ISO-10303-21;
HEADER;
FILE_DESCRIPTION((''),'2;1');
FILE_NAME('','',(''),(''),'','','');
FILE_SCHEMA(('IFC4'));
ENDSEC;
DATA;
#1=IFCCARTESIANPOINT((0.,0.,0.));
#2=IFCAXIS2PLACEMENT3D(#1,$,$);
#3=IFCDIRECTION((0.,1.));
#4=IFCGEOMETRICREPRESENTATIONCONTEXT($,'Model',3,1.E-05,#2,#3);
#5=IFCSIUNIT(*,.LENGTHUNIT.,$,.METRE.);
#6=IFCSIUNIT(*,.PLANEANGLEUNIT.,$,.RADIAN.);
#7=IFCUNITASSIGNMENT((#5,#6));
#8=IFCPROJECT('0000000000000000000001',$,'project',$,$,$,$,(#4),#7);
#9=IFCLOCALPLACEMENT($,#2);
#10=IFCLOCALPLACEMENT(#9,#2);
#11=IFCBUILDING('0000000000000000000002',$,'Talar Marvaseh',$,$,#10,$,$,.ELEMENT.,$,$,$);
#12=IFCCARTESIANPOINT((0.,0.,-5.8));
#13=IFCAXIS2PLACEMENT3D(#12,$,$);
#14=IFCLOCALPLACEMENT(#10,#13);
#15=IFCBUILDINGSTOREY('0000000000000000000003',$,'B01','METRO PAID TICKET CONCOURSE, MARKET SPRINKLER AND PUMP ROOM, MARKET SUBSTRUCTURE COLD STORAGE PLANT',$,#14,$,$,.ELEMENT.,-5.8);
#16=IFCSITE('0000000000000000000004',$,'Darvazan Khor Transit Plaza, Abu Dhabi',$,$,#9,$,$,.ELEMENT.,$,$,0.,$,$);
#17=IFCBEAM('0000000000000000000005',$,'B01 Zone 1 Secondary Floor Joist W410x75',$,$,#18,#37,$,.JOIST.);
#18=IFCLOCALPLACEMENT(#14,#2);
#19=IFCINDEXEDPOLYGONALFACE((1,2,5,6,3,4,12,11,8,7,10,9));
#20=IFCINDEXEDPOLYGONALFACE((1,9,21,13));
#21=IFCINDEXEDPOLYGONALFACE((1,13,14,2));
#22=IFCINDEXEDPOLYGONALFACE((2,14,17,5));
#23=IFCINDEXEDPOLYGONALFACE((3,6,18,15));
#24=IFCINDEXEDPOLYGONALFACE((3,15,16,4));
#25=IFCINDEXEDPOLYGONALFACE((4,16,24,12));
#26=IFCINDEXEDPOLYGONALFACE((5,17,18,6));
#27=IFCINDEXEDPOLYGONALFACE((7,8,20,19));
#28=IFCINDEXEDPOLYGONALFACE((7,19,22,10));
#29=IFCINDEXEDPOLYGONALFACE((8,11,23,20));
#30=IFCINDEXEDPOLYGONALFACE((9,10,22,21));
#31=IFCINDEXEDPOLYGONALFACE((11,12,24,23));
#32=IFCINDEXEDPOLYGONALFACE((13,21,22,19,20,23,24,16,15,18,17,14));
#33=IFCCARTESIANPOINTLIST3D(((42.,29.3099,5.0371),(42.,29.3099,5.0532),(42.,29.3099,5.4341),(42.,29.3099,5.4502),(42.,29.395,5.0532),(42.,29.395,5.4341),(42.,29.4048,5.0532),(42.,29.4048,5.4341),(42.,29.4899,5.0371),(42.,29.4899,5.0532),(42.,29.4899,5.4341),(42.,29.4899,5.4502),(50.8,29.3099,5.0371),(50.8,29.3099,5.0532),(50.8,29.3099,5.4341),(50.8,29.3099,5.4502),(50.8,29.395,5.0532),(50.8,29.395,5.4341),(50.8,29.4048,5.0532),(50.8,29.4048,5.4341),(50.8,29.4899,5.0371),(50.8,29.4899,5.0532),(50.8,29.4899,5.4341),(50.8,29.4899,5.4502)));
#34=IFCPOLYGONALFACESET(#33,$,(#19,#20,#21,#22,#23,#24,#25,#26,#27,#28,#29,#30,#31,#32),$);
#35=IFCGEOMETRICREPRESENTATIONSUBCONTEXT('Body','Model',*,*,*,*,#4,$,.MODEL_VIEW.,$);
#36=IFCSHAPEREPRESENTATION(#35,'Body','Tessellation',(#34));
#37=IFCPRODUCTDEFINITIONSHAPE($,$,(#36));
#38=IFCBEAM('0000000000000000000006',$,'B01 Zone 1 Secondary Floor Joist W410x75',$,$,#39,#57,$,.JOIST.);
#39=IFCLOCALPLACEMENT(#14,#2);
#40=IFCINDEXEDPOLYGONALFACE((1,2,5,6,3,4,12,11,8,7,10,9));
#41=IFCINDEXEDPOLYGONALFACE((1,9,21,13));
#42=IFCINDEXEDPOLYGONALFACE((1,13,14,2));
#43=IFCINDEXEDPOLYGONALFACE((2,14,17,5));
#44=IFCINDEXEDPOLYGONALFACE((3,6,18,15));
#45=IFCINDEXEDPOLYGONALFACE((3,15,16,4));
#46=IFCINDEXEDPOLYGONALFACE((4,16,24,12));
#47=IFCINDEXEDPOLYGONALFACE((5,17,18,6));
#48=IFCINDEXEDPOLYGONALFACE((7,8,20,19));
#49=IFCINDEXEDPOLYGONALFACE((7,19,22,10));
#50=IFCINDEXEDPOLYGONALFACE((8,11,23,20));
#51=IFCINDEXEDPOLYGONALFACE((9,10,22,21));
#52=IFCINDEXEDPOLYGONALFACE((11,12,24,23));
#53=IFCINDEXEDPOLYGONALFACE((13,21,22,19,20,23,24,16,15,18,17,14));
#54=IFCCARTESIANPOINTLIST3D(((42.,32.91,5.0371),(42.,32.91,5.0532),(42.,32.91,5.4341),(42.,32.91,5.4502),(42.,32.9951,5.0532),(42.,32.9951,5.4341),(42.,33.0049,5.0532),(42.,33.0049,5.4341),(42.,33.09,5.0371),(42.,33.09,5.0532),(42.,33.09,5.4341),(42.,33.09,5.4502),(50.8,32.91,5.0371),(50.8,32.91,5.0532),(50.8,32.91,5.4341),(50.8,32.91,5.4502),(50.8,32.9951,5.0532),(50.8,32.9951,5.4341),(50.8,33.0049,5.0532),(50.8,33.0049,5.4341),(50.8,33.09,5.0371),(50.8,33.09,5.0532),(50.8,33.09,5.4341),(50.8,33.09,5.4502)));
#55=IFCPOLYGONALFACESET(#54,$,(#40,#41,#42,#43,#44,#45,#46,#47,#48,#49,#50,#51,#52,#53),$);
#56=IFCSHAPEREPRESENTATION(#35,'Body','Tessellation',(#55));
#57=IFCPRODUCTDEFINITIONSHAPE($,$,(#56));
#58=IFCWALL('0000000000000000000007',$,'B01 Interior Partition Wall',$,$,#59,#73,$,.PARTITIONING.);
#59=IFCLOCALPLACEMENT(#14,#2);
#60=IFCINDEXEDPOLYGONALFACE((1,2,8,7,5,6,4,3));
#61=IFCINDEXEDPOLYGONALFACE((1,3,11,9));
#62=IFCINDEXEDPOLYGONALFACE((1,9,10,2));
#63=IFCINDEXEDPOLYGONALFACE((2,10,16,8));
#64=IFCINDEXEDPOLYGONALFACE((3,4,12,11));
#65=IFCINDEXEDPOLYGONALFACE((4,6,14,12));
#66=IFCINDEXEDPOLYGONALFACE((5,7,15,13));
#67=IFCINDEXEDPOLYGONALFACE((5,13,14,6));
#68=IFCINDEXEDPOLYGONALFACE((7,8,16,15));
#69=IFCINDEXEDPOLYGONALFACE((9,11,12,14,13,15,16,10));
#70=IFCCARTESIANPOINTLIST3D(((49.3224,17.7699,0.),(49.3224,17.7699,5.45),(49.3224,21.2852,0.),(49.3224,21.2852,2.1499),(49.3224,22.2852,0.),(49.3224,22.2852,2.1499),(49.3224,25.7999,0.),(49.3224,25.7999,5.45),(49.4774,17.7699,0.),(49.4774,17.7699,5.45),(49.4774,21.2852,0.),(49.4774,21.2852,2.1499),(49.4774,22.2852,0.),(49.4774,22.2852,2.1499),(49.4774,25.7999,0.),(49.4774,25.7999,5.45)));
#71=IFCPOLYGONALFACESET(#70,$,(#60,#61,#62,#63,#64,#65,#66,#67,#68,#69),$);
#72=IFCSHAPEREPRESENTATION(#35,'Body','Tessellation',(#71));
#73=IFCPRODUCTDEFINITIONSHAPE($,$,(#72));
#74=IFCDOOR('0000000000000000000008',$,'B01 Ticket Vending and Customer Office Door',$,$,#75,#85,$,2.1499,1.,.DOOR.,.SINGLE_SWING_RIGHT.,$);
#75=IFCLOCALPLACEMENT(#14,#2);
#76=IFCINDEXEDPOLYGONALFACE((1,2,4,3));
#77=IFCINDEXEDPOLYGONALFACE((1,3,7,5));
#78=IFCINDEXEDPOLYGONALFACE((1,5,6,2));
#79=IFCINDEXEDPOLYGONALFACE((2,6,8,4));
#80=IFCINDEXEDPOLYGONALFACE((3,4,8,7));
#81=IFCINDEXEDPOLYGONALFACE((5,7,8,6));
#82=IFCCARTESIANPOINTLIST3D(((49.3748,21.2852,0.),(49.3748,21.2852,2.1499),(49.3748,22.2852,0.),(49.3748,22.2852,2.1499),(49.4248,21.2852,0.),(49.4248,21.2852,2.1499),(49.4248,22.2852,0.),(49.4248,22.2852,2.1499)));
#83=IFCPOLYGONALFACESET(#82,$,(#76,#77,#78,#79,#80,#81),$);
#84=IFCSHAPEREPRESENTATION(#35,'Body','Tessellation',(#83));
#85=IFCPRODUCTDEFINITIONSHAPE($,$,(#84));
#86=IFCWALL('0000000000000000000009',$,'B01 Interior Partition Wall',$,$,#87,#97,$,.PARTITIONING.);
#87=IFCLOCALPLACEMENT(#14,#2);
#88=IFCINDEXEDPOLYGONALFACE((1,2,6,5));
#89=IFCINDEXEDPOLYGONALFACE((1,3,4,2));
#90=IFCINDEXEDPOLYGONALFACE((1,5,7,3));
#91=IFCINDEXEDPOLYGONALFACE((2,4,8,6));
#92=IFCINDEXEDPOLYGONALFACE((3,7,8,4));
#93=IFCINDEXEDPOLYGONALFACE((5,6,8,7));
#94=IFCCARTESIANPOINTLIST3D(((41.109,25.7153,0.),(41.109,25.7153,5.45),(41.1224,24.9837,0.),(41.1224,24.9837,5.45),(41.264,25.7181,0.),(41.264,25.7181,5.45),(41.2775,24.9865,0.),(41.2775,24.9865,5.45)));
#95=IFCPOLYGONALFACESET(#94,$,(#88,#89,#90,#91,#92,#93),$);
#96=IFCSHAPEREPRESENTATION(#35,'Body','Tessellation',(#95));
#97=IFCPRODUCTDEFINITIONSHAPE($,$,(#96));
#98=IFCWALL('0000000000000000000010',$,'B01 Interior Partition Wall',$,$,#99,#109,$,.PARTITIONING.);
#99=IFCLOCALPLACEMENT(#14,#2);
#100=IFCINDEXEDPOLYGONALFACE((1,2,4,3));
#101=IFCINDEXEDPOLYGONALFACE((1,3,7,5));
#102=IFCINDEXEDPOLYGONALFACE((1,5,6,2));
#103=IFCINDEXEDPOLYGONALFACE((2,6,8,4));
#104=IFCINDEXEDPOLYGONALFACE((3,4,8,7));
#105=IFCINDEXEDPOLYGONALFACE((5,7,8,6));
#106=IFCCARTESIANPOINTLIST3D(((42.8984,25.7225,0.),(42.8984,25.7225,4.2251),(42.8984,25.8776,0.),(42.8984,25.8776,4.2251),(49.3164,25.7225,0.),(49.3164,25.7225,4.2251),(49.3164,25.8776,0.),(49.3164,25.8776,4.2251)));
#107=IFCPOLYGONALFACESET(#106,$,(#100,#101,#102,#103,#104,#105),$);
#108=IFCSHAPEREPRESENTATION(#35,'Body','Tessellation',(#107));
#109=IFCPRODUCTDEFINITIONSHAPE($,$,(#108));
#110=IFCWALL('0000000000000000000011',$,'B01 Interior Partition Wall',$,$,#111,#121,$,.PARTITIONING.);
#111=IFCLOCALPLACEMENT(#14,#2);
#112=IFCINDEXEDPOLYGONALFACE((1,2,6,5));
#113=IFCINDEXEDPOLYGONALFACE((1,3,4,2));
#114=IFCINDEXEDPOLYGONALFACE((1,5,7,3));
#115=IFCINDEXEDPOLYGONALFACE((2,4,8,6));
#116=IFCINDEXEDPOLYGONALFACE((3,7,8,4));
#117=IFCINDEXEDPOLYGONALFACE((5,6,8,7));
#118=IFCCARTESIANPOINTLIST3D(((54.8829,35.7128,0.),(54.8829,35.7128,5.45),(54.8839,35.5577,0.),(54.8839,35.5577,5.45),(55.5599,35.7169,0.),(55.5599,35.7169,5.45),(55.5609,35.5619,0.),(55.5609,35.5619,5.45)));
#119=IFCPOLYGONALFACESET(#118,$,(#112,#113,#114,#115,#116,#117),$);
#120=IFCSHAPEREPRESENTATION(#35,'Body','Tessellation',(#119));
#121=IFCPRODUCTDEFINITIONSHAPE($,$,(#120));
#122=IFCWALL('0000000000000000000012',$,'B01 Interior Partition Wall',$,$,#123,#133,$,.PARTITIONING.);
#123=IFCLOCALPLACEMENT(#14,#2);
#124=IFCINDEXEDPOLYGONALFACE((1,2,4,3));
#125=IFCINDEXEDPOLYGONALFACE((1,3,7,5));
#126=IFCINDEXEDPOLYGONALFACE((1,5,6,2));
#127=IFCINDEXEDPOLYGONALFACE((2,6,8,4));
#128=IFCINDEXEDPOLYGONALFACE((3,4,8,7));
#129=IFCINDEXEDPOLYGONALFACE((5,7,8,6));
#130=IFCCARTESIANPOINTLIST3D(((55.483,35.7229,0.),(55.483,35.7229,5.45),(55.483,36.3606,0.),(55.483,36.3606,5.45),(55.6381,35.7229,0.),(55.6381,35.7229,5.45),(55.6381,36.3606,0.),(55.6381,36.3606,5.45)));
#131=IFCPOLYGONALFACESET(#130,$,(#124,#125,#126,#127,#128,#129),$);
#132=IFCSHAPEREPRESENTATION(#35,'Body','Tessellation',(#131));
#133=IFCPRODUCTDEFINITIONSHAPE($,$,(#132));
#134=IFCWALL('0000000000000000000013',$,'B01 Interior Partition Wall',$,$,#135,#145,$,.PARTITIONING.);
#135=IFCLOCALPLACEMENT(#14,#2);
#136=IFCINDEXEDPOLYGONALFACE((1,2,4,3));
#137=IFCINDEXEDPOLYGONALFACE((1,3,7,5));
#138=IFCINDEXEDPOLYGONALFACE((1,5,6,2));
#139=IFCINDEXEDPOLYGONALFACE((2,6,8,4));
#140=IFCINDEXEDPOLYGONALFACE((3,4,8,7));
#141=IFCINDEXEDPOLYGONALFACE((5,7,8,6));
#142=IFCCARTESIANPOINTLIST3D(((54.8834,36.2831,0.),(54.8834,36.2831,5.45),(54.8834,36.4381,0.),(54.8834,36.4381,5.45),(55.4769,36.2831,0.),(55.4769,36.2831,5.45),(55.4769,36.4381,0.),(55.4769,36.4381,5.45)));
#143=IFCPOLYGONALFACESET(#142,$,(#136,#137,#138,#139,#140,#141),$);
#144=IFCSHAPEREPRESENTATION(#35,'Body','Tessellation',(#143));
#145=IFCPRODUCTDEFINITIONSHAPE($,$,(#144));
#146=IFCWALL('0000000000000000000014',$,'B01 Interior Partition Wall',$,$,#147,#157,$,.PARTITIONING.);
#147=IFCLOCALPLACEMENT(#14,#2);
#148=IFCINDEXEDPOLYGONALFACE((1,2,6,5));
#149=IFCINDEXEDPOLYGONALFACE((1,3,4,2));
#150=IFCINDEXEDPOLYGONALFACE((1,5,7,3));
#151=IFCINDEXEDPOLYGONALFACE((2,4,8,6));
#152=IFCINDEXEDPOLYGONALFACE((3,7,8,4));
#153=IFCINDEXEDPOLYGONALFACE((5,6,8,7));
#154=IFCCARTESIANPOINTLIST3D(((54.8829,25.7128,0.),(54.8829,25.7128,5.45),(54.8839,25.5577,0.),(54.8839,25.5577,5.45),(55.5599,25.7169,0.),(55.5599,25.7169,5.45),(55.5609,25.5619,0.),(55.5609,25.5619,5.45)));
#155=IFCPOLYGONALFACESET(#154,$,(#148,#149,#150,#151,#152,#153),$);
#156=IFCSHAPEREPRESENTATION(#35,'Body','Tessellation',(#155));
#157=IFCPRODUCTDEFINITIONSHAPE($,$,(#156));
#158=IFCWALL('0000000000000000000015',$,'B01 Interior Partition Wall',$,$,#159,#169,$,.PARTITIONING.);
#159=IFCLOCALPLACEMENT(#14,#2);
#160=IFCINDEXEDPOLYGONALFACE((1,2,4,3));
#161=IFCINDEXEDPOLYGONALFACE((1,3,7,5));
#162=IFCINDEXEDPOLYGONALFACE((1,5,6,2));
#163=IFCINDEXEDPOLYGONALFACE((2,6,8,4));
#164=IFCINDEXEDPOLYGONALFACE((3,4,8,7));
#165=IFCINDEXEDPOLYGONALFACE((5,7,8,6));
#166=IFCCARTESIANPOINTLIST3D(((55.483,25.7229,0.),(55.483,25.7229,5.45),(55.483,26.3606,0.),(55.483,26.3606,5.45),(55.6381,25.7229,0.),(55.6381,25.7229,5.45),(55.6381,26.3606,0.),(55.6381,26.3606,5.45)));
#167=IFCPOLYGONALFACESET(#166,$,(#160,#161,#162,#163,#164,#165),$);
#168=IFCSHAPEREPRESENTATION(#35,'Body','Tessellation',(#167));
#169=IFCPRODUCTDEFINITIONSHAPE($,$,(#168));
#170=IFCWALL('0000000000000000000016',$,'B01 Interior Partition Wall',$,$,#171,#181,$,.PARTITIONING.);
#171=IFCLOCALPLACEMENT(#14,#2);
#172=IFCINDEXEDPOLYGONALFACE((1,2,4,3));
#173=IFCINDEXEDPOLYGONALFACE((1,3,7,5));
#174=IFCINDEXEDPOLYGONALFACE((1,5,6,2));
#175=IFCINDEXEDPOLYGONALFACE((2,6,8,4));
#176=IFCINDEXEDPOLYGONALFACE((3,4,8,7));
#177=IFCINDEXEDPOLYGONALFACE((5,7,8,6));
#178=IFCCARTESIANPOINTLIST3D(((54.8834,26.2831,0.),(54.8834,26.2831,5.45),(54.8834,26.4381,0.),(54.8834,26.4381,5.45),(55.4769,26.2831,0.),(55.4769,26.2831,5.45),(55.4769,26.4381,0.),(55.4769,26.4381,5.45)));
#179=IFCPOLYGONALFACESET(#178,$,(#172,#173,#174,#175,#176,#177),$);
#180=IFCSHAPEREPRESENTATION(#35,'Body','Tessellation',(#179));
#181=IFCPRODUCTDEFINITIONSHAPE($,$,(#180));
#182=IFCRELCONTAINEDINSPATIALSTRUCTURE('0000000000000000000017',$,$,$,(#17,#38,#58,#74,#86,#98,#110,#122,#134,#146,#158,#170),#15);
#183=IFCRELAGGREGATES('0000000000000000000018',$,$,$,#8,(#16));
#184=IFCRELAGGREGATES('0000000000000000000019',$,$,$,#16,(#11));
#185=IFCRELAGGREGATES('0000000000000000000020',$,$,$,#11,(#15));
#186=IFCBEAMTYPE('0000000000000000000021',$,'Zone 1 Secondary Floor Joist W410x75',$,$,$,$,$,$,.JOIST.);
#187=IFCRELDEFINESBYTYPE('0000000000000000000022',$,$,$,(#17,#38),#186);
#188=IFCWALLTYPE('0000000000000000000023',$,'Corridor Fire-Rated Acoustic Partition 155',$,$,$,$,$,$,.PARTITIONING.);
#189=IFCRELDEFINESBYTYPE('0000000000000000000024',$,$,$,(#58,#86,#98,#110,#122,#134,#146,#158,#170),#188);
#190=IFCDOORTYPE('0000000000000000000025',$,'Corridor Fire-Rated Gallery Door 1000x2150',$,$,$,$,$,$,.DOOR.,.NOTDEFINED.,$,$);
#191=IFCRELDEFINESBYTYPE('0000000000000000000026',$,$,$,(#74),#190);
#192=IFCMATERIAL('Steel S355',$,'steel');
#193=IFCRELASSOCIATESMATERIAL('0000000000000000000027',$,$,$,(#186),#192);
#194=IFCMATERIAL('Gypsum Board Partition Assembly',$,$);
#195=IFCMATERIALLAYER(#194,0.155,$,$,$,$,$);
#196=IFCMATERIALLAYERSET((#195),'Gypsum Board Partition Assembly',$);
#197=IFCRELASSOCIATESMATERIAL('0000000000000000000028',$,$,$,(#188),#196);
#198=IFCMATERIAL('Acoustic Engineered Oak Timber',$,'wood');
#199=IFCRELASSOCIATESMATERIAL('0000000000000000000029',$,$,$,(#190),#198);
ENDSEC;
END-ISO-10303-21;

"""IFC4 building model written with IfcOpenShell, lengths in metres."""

from ifc_helpers import new_model, si_unit, direction, frame, frame_2d, origin, origin_2d, place, context, subcontext, project, spatial, rectangle, i_section, extrude, source, transform, mapped, material, layer, layer_set, material_profile, profile_set, type_object, type_shapes, element, fill, save


model = new_model("IFC4")

# Units and contexts
model_context = context("Model", 3, precision=1e-05, world=origin(), true_north=direction((0.0, 1.0)))
body_context = subcontext(model_context, "Body", "Model", "MODEL_VIEW")
ifc_project = project(units=[si_unit("LENGTHUNIT", "METRE"), si_unit("PLANEANGLEUNIT", "RADIAN")], contexts=[model_context])

# Site, building, storey
site_placement = place(None, origin())
site = spatial("IfcSite", under=ifc_project, at=site_placement, Name="Darvazan Khor Transit Plaza, Abu Dhabi", CompositionType="ELEMENT", RefElevation=0.0)
building_placement = place(site_placement, origin())
building = spatial("IfcBuilding", under=site, at=building_placement, Name="Talar Marvaseh", CompositionType="ELEMENT")
storey_placement = place(building_placement, frame((0.0, 0.0, -5.8)))
storey = spatial("IfcBuildingStorey", under=building, at=storey_placement, Name="B01", Description="METRO PAID TICKET CONCOURSE, MARKET SPRINKLER AND PUMP ROOM, MARKET SUBSTRUCTURE COLD STORAGE PLANT", CompositionType="ELEMENT", Elevation=-5.8)

# Beams
ifc_material_1 = material(Name="Steel S355", Category="steel")
ifc_material_profile_1 = material_profile(ifc_material_1, i_section(OverallWidth=0.1799, OverallDepth=0.4131, WebThickness=0.0098, FlangeThickness=0.0161, at=origin_2d()), Name="W410x75")
ifc_profile_set_1 = profile_set([ifc_material_profile_1], Name="Steel S355")
beam_type_1 = type_object("IfcBeamType", Name="Zone 1 Secondary Floor Joist W410x75", PredefinedType="JOIST", material=ifc_profile_set_1)
for number, where, z_axis, x_axis, name in (
    (1, (42.0, 29.3999, 5.2437), (1.0, 0.0, 0.0), (0.0, 1.0, 0.0), "B01 Zone 1 Secondary Floor Joist W410x75"),
    (2, (42.0, 33.0, 5.2437), (1.0, 0.0, 0.0), (0.0, 1.0, 0.0), "B01 Zone 1 Secondary Floor Joist W410x75"),
):
    element("IfcBeam", number, at=place(storey_placement, frame(where, z_axis=z_axis, x_axis=x_axis)), inside=storey, type_object=beam_type_1, Name=name, PredefinedType="JOIST", context=body_context, shape_type="SweptSolid", body=[
        extrude(i_section(OverallWidth=0.1799, OverallDepth=0.4131, WebThickness=0.0098, FlangeThickness=0.0161, at=origin_2d()), origin(), (0.0, 0.0, 1.0), 8.8),
    ])

# Wall, opening, door
ifc_material_2 = material(Name="Gypsum Board Partition Assembly")
ifc_layer = layer(ifc_material_2, 0.155)
ifc_layer_set = layer_set([ifc_layer], Name="Gypsum Board Partition Assembly")
wall_type = type_object("IfcWallType", Name="Corridor Fire-Rated Acoustic Partition 155", PredefinedType="PARTITIONING", material=ifc_layer_set)
wall_1_placement = place(storey_placement, frame((49.3999, 25.8, 0.0), z_axis=(0.0, 0.0, 1.0), x_axis=(0.0, -1.0, 0.0)))
wall_1 = element("IfcWall", 3, at=wall_1_placement, inside=storey, type_object=wall_type, Name="B01 Interior Partition Wall", PredefinedType="PARTITIONING", context=body_context, shape_type="SweptSolid", body=[
    extrude(rectangle(XDim=8.03, YDim=0.155, at=frame_2d((4.0151, 0.0))), origin(), (0.0, 0.0, 1.0), 5.45),
])
opening_placement = place(wall_1_placement, frame((3.5149, 0.0, 0.0)))
opening = element("IfcOpeningElement", 4, at=opening_placement, cuts=wall_1, PredefinedType="OPENING", context=body_context, shape_type="SweptSolid", body=[
    extrude(rectangle(XDim=1.0, YDim=2.1499, at=frame_2d((0.5, 1.075))), frame((0.0, 0.0874, 0.0), z_axis=(0.0, -1.0, 0.0), x_axis=(1.0, 0.0, 0.0)), (0.0, 0.0, 1.0), 0.175),
])
ifc_material_3 = material(Name="Acoustic Engineered Oak Timber", Category="wood")
door_type = type_object("IfcDoorType", Name="Corridor Fire-Rated Gallery Door 1000x2150", OperationType="NOTDEFINED", PredefinedType="DOOR", material=ifc_material_3)
shared_shape = source(origin(), body_context, "Body", "SweptSolid", [
    extrude(rectangle(XDim=1.0, YDim=2.1499, at=frame_2d((0.5, 1.075))), frame((0.0, 0.0249, 0.0), z_axis=(0.0, -1.0, 0.0), x_axis=(1.0, 0.0, 0.0)), (0.0, 0.0, 1.0), 0.05),
])
type_shapes(door_type, [shared_shape])
door_placement = place(opening_placement, origin())
door = element("IfcDoor", 5, at=door_placement, inside=storey, type_object=door_type, Name="B01 Ticket Vending and Customer Office Door", OperationType="SINGLE_SWING_RIGHT", OverallHeight=2.1499, OverallWidth=1.0, PredefinedType="DOOR", context=body_context, shape_type="MappedRepresentation", body=[
    mapped(shared_shape, transform((0.0, 0.0, 0.0), x_axis=(1.0, 0.0, 0.0), y_axis=(0.0, 1.0, 0.0), z_axis=(0.0, 0.0, 1.0), scale=1.0)),
])
fill(opening, door)

# Walls
wall_2_placement = place(storey_placement, frame((41.1865, 25.7166, 0.0), z_axis=(0.0, 0.0, 1.0), x_axis=(0.018355, -0.999832, 0.0)))
element("IfcWall", 6, at=wall_2_placement, inside=storey, type_object=wall_type, Name="B01 Interior Partition Wall", PredefinedType="PARTITIONING", context=body_context, shape_type="SweptSolid", body=[
    extrude(rectangle(XDim=0.7317, YDim=0.155, at=frame_2d((0.3657, 0.0))), origin(), (0.0, 0.0, 1.0), 5.45),
])
wall_3_placement = place(storey_placement, frame((42.8984, 25.8, 0.0), z_axis=(0.0, 0.0, 1.0), x_axis=(1.0, 0.0, 0.0)))
element("IfcWall", 7, at=wall_3_placement, inside=storey, type_object=wall_type, Name="B01 Interior Partition Wall", PredefinedType="PARTITIONING", context=body_context, shape_type="SweptSolid", body=[
    extrude(rectangle(XDim=6.418, YDim=0.155, at=frame_2d((3.209, 0.0))), origin(), (0.0, 0.0, 1.0), 4.2251),
])
wall_4_placement = place(storey_placement, frame((54.8835, 35.6353, 0.0), z_axis=(0.0, 0.0, 1.0), x_axis=(0.999981, 0.00613, 0.0)))
element("IfcWall", 8, at=wall_4_placement, inside=storey, type_object=wall_type, Name="B01 Interior Partition Wall", PredefinedType="PARTITIONING", context=body_context, shape_type="SweptSolid", body=[
    extrude(rectangle(XDim=0.677, YDim=0.155, at=frame_2d((0.3384, 0.0))), origin(), (0.0, 0.0, 1.0), 5.45),
])
wall_5_placement = place(storey_placement, frame((55.5605, 35.7229, 0.0), z_axis=(0.0, 0.0, 1.0), x_axis=(0.0, 1.0, 0.0)))
element("IfcWall", 9, at=wall_5_placement, inside=storey, type_object=wall_type, Name="B01 Interior Partition Wall", PredefinedType="PARTITIONING", context=body_context, shape_type="SweptSolid", body=[
    extrude(rectangle(XDim=0.6377, YDim=0.155, at=frame_2d((0.3188, 0.0))), origin(), (0.0, 0.0, 1.0), 5.45),
])
wall_6_placement = place(storey_placement, frame((55.4771, 36.3606, 0.0), z_axis=(0.0, 0.0, 1.0), x_axis=(-1.0, 0.0, 0.0)))
element("IfcWall", 10, at=wall_6_placement, inside=storey, type_object=wall_type, Name="B01 Interior Partition Wall", PredefinedType="PARTITIONING", context=body_context, shape_type="SweptSolid", body=[
    extrude(rectangle(XDim=0.5935, YDim=0.155, at=frame_2d((0.2969, 0.0))), origin(), (0.0, 0.0, 1.0), 5.45),
])
wall_7_placement = place(storey_placement, frame((54.8835, 25.6353, 0.0), z_axis=(0.0, 0.0, 1.0), x_axis=(0.999981, 0.00613, 0.0)))
element("IfcWall", 11, at=wall_7_placement, inside=storey, type_object=wall_type, Name="B01 Interior Partition Wall", PredefinedType="PARTITIONING", context=body_context, shape_type="SweptSolid", body=[
    extrude(rectangle(XDim=0.677, YDim=0.155, at=frame_2d((0.3384, 0.0))), origin(), (0.0, 0.0, 1.0), 5.45),
])
wall_8_placement = place(storey_placement, frame((55.5605, 25.7229, 0.0), z_axis=(0.0, 0.0, 1.0), x_axis=(0.0, 1.0, 0.0)))
element("IfcWall", 12, at=wall_8_placement, inside=storey, type_object=wall_type, Name="B01 Interior Partition Wall", PredefinedType="PARTITIONING", context=body_context, shape_type="SweptSolid", body=[
    extrude(rectangle(XDim=0.6377, YDim=0.155, at=frame_2d((0.3188, 0.0))), origin(), (0.0, 0.0, 1.0), 5.45),
])
wall_9_placement = place(storey_placement, frame((55.4771, 26.3606, 0.0), z_axis=(0.0, 0.0, 1.0), x_axis=(-1.0, 0.0, 0.0)))
element("IfcWall", 13, at=wall_9_placement, inside=storey, type_object=wall_type, Name="B01 Interior Partition Wall", PredefinedType="PARTITIONING", context=body_context, shape_type="SweptSolid", body=[
    extrude(rectangle(XDim=0.5935, YDim=0.155, at=frame_2d((0.2969, 0.0))), origin(), (0.0, 0.0, 1.0), 5.45),
])

save(model, "model.ifc")
